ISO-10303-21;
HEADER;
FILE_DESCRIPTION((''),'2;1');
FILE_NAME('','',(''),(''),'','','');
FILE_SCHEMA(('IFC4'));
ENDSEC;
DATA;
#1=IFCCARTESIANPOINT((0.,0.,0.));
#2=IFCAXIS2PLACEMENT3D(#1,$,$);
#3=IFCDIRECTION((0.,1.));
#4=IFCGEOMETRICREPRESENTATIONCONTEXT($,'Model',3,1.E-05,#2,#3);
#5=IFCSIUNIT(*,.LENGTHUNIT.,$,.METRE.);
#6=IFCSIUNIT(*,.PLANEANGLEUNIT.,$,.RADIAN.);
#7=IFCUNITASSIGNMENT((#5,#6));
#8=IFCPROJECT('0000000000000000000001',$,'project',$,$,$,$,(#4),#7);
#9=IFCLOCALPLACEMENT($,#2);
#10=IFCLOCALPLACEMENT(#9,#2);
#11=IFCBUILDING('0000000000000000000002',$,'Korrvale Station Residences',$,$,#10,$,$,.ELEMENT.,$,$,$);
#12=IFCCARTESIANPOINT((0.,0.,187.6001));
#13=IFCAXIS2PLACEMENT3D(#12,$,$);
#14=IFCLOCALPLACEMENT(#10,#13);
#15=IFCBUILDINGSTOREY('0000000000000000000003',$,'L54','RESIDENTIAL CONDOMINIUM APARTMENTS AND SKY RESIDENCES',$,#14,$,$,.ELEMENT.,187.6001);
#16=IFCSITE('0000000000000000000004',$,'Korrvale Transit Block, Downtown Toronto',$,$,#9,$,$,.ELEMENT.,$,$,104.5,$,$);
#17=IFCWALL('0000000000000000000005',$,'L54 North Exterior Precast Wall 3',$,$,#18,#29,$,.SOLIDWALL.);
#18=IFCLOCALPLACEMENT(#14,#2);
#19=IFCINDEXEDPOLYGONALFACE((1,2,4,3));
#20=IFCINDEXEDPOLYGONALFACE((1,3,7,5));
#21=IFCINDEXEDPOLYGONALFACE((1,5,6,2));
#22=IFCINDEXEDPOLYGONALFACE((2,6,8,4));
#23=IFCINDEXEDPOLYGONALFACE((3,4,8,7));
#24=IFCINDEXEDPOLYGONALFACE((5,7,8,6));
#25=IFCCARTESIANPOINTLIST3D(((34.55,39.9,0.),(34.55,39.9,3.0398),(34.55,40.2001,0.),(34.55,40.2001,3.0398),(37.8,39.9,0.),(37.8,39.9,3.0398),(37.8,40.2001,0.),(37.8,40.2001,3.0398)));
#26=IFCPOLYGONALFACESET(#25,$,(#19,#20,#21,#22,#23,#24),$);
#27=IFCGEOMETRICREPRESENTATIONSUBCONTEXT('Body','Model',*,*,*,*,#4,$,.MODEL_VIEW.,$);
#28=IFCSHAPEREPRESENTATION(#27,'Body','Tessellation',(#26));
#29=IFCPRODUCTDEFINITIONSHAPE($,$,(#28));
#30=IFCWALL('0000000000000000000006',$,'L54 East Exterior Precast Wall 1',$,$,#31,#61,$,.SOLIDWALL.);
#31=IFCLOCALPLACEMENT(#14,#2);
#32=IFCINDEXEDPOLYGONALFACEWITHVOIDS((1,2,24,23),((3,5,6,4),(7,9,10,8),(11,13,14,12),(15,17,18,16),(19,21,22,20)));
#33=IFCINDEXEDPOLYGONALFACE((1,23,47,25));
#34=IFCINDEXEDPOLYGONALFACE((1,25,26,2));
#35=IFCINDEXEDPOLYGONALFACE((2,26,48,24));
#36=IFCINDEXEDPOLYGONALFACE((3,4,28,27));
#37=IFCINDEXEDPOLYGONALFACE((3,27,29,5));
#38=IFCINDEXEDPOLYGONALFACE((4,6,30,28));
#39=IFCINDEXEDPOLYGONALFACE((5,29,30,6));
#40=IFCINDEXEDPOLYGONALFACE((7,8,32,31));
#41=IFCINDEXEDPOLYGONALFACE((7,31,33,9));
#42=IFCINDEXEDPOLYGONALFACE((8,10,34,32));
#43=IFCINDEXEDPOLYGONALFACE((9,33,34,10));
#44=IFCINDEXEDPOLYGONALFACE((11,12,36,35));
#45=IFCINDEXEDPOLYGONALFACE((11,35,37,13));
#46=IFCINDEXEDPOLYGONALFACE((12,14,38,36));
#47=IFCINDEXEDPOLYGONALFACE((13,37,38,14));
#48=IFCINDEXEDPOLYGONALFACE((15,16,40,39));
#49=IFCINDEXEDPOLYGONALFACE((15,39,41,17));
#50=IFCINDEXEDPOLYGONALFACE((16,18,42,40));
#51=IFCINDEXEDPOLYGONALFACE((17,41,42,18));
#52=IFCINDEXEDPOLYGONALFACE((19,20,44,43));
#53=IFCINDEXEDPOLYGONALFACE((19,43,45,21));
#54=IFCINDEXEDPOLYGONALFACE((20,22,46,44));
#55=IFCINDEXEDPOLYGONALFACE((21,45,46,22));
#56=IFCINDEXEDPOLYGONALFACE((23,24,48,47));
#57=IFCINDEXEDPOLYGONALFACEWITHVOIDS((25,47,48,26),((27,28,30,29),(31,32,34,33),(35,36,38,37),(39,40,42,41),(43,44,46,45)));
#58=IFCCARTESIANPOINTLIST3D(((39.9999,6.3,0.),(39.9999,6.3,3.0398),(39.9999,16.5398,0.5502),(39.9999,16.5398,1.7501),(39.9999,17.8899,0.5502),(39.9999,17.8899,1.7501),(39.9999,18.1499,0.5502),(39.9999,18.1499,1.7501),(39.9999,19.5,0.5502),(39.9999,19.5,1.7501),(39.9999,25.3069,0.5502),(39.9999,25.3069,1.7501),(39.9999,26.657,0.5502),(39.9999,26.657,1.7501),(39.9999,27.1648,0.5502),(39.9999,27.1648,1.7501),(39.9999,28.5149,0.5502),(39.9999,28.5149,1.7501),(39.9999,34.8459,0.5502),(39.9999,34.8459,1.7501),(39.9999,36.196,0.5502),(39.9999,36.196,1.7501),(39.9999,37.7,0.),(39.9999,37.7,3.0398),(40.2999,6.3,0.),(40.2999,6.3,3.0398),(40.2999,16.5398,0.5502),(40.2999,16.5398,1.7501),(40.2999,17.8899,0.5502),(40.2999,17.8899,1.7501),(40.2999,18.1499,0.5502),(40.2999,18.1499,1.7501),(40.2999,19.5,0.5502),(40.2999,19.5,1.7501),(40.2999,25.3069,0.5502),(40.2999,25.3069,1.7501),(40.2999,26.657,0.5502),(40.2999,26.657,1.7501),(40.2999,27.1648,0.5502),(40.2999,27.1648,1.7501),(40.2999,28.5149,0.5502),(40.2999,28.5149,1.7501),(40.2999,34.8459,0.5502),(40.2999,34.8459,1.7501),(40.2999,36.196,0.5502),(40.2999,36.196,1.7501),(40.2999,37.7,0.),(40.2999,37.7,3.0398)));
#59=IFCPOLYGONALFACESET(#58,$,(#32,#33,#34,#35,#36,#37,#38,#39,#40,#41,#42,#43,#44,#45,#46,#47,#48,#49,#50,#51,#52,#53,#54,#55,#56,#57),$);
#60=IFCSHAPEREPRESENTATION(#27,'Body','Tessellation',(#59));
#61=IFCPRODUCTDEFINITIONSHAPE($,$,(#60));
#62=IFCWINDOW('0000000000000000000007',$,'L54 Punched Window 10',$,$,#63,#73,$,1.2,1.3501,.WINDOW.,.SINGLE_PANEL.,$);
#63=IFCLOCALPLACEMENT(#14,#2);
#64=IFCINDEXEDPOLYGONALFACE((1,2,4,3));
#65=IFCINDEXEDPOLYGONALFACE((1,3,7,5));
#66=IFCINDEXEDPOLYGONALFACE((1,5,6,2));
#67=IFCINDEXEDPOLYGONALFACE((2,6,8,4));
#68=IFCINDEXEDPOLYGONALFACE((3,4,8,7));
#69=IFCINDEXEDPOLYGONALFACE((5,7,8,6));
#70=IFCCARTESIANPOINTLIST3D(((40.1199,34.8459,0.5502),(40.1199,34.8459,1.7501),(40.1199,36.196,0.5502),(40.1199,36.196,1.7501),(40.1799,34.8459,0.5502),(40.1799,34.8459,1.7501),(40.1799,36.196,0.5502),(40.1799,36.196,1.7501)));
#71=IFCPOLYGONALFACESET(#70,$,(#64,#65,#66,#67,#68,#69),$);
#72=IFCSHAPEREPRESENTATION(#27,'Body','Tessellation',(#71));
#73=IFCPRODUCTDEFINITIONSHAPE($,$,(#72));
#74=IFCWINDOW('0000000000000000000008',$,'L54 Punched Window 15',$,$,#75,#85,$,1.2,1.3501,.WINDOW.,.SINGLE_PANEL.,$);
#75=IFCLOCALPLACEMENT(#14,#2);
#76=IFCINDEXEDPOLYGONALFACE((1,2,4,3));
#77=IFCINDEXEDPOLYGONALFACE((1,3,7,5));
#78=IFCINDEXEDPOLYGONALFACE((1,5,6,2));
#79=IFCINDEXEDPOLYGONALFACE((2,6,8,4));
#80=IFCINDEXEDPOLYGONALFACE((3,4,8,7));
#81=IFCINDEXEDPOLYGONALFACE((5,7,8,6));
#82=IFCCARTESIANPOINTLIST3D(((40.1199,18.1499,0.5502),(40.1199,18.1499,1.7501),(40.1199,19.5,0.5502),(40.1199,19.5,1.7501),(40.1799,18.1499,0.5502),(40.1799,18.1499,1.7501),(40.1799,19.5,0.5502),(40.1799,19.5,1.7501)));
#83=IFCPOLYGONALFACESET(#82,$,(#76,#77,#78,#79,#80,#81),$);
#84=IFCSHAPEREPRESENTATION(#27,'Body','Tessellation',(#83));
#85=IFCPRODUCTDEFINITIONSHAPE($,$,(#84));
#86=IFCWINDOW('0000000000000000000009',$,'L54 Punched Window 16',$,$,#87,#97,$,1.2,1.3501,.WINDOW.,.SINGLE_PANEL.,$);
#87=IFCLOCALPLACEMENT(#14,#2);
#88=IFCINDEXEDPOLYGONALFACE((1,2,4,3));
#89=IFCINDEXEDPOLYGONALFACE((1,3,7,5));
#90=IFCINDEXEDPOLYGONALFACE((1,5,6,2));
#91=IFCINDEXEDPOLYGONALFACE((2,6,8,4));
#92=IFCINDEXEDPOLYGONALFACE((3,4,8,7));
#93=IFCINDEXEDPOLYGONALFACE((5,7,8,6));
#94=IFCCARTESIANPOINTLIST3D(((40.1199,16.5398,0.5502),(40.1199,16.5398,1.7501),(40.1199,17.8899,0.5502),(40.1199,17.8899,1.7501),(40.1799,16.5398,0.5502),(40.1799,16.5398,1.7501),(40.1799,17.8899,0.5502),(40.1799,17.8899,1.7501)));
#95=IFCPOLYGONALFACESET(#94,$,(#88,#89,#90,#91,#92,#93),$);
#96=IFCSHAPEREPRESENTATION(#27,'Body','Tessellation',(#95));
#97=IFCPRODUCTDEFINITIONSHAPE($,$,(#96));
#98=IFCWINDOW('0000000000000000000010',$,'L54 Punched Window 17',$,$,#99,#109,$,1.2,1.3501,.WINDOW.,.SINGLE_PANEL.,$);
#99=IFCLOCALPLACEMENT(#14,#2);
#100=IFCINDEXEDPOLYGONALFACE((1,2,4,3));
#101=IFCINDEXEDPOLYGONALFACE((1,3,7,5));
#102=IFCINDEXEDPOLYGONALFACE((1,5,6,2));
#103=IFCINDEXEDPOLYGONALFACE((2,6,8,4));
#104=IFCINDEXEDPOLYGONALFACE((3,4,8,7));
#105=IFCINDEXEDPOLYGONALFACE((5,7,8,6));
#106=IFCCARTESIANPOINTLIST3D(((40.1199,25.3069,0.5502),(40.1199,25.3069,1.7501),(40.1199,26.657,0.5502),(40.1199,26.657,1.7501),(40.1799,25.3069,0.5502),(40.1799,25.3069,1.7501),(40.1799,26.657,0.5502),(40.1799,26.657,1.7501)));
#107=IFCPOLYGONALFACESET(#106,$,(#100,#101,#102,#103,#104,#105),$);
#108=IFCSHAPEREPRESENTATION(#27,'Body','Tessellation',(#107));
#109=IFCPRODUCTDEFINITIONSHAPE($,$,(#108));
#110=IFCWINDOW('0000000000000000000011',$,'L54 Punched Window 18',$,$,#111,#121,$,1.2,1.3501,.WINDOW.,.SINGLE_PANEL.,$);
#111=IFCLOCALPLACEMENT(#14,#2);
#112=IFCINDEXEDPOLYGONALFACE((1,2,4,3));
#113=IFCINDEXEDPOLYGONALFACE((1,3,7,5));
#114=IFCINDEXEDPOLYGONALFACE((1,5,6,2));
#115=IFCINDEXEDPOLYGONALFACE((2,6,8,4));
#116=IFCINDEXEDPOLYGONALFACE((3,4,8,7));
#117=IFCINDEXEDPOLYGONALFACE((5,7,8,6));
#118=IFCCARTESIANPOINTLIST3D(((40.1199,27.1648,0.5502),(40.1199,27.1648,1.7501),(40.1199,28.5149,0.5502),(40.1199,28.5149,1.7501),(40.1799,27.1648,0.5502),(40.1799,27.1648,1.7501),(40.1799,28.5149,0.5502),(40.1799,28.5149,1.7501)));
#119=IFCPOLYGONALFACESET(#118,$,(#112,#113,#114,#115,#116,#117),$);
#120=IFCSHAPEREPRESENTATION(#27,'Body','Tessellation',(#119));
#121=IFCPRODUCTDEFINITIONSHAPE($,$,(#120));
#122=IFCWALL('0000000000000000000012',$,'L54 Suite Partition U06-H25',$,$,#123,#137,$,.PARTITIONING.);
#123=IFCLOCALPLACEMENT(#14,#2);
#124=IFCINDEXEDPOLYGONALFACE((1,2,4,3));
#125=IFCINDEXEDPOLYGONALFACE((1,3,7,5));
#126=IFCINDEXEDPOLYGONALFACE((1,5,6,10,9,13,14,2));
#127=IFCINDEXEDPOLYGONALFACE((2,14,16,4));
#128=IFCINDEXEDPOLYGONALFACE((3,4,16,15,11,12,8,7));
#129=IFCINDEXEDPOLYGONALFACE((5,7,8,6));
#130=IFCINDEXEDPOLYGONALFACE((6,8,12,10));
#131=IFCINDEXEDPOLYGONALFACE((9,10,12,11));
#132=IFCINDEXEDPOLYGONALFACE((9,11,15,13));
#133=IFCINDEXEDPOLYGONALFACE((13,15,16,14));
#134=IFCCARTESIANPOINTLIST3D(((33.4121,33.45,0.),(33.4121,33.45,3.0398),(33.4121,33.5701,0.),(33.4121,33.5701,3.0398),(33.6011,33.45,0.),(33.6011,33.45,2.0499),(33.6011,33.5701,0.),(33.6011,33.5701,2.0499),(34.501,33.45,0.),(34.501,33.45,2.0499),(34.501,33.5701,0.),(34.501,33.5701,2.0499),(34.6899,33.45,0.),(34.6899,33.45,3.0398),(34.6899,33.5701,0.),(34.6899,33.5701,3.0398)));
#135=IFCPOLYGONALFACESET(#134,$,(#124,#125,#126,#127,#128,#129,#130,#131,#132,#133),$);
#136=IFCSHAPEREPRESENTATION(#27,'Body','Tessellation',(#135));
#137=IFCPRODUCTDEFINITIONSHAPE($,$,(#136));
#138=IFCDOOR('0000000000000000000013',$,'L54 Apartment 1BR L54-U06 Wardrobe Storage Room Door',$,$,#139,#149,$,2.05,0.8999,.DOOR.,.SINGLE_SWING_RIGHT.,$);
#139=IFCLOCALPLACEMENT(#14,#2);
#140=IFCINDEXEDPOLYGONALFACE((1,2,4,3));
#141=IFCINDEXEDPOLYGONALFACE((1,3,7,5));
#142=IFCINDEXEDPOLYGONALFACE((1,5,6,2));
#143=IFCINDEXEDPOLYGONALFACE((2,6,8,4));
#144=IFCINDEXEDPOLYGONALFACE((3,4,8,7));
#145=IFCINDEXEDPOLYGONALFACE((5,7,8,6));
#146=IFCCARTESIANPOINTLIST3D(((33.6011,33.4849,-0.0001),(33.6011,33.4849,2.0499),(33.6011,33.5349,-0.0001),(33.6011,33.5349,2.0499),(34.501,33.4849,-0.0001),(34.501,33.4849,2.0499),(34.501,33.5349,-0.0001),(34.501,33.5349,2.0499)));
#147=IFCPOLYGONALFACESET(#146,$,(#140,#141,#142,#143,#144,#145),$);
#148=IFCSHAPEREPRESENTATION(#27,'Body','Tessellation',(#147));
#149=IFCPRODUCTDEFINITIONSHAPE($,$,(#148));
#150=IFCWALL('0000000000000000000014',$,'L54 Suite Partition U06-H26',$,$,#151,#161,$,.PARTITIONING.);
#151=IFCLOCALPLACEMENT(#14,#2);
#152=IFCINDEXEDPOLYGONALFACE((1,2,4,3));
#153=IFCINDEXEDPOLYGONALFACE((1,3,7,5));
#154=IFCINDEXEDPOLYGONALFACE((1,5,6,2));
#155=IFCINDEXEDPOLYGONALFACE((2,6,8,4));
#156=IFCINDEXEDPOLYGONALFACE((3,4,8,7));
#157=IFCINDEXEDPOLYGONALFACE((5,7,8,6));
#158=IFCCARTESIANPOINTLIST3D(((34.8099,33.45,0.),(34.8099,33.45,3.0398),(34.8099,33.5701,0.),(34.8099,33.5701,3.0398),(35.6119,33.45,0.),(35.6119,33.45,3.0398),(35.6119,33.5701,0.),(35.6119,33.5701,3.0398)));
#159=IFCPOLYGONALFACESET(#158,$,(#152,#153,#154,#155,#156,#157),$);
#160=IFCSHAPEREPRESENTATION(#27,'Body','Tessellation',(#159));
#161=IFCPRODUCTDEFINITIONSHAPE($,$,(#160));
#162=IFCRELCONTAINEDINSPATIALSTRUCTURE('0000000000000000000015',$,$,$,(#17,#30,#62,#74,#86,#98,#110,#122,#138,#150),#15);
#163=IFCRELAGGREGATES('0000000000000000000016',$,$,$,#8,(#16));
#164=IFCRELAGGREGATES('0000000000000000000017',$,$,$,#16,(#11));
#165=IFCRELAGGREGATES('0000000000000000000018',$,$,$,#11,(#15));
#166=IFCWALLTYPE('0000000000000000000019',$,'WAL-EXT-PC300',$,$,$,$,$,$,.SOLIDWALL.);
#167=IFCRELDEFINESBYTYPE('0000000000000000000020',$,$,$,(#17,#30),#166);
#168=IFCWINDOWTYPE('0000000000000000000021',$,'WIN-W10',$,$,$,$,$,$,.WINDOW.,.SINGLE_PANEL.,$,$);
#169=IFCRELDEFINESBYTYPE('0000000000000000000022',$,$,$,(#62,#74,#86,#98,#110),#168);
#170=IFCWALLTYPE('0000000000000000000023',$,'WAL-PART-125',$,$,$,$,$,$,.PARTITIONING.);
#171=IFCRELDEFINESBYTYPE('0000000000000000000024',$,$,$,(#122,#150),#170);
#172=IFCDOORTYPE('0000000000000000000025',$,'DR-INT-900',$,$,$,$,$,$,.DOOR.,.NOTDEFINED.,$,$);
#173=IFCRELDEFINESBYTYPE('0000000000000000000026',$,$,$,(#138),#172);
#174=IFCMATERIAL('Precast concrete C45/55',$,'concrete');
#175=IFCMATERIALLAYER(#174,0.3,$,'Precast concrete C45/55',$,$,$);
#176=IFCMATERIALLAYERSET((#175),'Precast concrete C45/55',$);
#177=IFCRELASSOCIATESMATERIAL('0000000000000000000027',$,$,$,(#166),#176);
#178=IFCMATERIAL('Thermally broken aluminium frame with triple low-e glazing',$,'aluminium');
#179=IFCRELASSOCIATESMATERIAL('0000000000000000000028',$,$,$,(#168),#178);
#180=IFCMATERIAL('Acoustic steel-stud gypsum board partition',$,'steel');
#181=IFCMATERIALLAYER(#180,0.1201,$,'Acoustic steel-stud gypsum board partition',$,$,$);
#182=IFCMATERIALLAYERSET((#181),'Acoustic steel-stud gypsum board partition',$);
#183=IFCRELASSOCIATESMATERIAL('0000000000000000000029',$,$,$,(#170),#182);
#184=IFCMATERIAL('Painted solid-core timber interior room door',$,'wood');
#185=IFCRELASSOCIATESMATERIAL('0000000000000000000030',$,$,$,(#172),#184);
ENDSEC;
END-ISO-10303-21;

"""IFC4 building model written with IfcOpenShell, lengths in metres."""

from ifc_helpers import new_model, si_unit, direction, frame, frame_2d, origin, place, context, subcontext, project, spatial, rectangle, extrude, material, layer, layer_set, type_object, element, fill, save


model = new_model("IFC4")

# Units and contexts
model_context = context("Model", 3, precision=1e-05, world=origin(), true_north=direction((0.0, 1.0)))
body_context = subcontext(model_context, "Body", "Model", "MODEL_VIEW")
ifc_project = project(units=[si_unit("LENGTHUNIT", "METRE"), si_unit("PLANEANGLEUNIT", "RADIAN")], contexts=[model_context])

# Site, building, storey
site_placement = place(None, origin())
site = spatial("IfcSite", under=ifc_project, at=site_placement, Name="Korrvale Transit Block, Downtown Toronto", CompositionType="ELEMENT", RefElevation=104.5)
building_placement = place(site_placement, origin())
building = spatial("IfcBuilding", under=site, at=building_placement, Name="Korrvale Station Residences", CompositionType="ELEMENT")
storey_placement = place(building_placement, frame((0.0, 0.0, 187.6001)))
storey = spatial("IfcBuildingStorey", under=building, at=storey_placement, Name="L54", Description="RESIDENTIAL CONDOMINIUM APARTMENTS AND SKY RESIDENCES", CompositionType="ELEMENT", Elevation=187.6001)

# Wall
ifc_material_1 = material(Name="Precast concrete C45/55", Category="concrete")
ifc_layer_1 = layer(ifc_material_1, 0.3, Name="Precast concrete C45/55")
ifc_layer_set_1 = layer_set([ifc_layer_1], Name="Precast concrete C45/55")
wall_type_1 = type_object("IfcWallType", Name="WAL-EXT-PC300", PredefinedType="SOLIDWALL", material=ifc_layer_set_1)
wall_1_placement = place(storey_placement, frame((34.55, 40.05, 0.0), z_axis=(0.0, 0.0, 1.0), x_axis=(1.0, 0.0, 0.0)))
element("IfcWall", 1, at=wall_1_placement, inside=storey, type_object=wall_type_1, Name="L54 North Exterior Precast Wall 3", PredefinedType="SOLIDWALL", context=body_context, shape_type="SweptSolid", body=[
    extrude(rectangle(XDim=3.25, YDim=0.3, at=frame_2d((1.625, 0.0))), origin(), (0.0, 0.0, 1.0), 3.0398),
])

# Wall, openings, windows
wall_2_placement = place(storey_placement, frame((40.1499, 37.7, 0.0), z_axis=(0.0, 0.0, 1.0), x_axis=(0.0, -1.0, 0.0)))
wall_2 = element("IfcWall", 2, at=wall_2_placement, inside=storey, type_object=wall_type_1, Name="L54 East Exterior Precast Wall 1", PredefinedType="SOLIDWALL", context=body_context, shape_type="SweptSolid", body=[
    extrude(rectangle(XDim=31.3999, YDim=0.3, at=frame_2d((15.7, 0.0))), origin(), (0.0, 0.0, 1.0), 3.0398),
])
opening_1_placement = place(wall_2_placement, frame((1.5039, 0.0, 0.55)))
opening_1 = element("IfcOpeningElement", 3, at=opening_1_placement, cuts=wall_2, PredefinedType="OPENING", context=body_context, shape_type="SweptSolid", body=[
    extrude(rectangle(XDim=1.3501, YDim=1.2, at=frame_2d((0.675, 0.6001))), frame((0.0, 0.1602, 0.0), z_axis=(0.0, -1.0, 0.0), x_axis=(1.0, 0.0, 0.0)), (0.0, 0.0, 1.0), 0.3201),
])
opening_2_placement = place(wall_2_placement, frame((18.2, 0.0, 0.55)))
opening_2 = element("IfcOpeningElement", 4, at=opening_2_placement, cuts=wall_2, PredefinedType="OPENING", context=body_context, shape_type="SweptSolid", body=[
    extrude(rectangle(XDim=1.3501, YDim=1.2, at=frame_2d((0.675, 0.6001))), frame((0.0, 0.1602, 0.0), z_axis=(0.0, -1.0, 0.0), x_axis=(1.0, 0.0, 0.0)), (0.0, 0.0, 1.0), 0.3201),
])
opening_3_placement = place(wall_2_placement, frame((19.8101, 0.0, 0.55)))
opening_3 = element("IfcOpeningElement", 5, at=opening_3_placement, cuts=wall_2, PredefinedType="OPENING", context=body_context, shape_type="SweptSolid", body=[
    extrude(rectangle(XDim=1.3501, YDim=1.2, at=frame_2d((0.675, 0.6001))), frame((0.0, 0.1602, 0.0), z_axis=(0.0, -1.0, 0.0), x_axis=(1.0, 0.0, 0.0)), (0.0, 0.0, 1.0), 0.3201),
])
opening_4_placement = place(wall_2_placement, frame((11.043, 0.0, 0.55)))
opening_4 = element("IfcOpeningElement", 6, at=opening_4_placement, cuts=wall_2, PredefinedType="OPENING", context=body_context, shape_type="SweptSolid", body=[
    extrude(rectangle(XDim=1.3501, YDim=1.2, at=frame_2d((0.675, 0.6001))), frame((0.0, 0.1602, 0.0), z_axis=(0.0, -1.0, 0.0), x_axis=(1.0, 0.0, 0.0)), (0.0, 0.0, 1.0), 0.3201),
])
opening_5_placement = place(wall_2_placement, frame((9.1851, 0.0, 0.55)))
opening_5 = element("IfcOpeningElement", 7, at=opening_5_placement, cuts=wall_2, PredefinedType="OPENING", context=body_context, shape_type="SweptSolid", body=[
    extrude(rectangle(XDim=1.3501, YDim=1.2, at=frame_2d((0.675, 0.6001))), frame((0.0, 0.1602, 0.0), z_axis=(0.0, -1.0, 0.0), x_axis=(1.0, 0.0, 0.0)), (0.0, 0.0, 1.0), 0.3201),
])
ifc_material_2 = material(Name="Thermally broken aluminium frame with triple low-e glazing", Category="aluminium")
window_type = type_object("IfcWindowType", Name="WIN-W10", PartitioningType="SINGLE_PANEL", PredefinedType="WINDOW", material=ifc_material_2)
window_1_placement = place(opening_1_placement, origin())
window_1 = element("IfcWindow", 8, at=window_1_placement, inside=storey, type_object=window_type, Name="L54 Punched Window 10", OverallHeight=1.2, OverallWidth=1.3501, PartitioningType="SINGLE_PANEL", PredefinedType="WINDOW", context=body_context, shape_type="SweptSolid", body=[
    extrude(rectangle(XDim=1.3501, YDim=1.2, at=frame_2d((0.675, 0.6001))), frame((0.0, 0.03, 0.0), z_axis=(0.0, -1.0, 0.0), x_axis=(1.0, 0.0, 0.0)), (0.0, 0.0, 1.0), 0.0601),
])
fill(opening_1, window_1)
window_2_placement = place(opening_2_placement, origin())
window_2 = element("IfcWindow", 9, at=window_2_placement, inside=storey, type_object=window_type, Name="L54 Punched Window 15", OverallHeight=1.2, OverallWidth=1.3501, PartitioningType="SINGLE_PANEL", PredefinedType="WINDOW", context=body_context, shape_type="SweptSolid", body=[
    extrude(rectangle(XDim=1.3501, YDim=1.2, at=frame_2d((0.675, 0.6001))), frame((0.0, 0.03, 0.0), z_axis=(0.0, -1.0, 0.0), x_axis=(1.0, 0.0, 0.0)), (0.0, 0.0, 1.0), 0.0601),
])
fill(opening_2, window_2)
window_3_placement = place(opening_3_placement, origin())
window_3 = element("IfcWindow", 10, at=window_3_placement, inside=storey, type_object=window_type, Name="L54 Punched Window 16", OverallHeight=1.2, OverallWidth=1.3501, PartitioningType="SINGLE_PANEL", PredefinedType="WINDOW", context=body_context, shape_type="SweptSolid", body=[
    extrude(rectangle(XDim=1.3501, YDim=1.2, at=frame_2d((0.675, 0.6001))), frame((0.0, 0.03, 0.0), z_axis=(0.0, -1.0, 0.0), x_axis=(1.0, 0.0, 0.0)), (0.0, 0.0, 1.0), 0.0601),
])
fill(opening_3, window_3)
window_4_placement = place(opening_4_placement, origin())
window_4 = element("IfcWindow", 11, at=window_4_placement, inside=storey, type_object=window_type, Name="L54 Punched Window 17", OverallHeight=1.2, OverallWidth=1.3501, PartitioningType="SINGLE_PANEL", PredefinedType="WINDOW", context=body_context, shape_type="SweptSolid", body=[
    extrude(rectangle(XDim=1.3501, YDim=1.2, at=frame_2d((0.675, 0.6001))), frame((0.0, 0.03, 0.0), z_axis=(0.0, -1.0, 0.0), x_axis=(1.0, 0.0, 0.0)), (0.0, 0.0, 1.0), 0.0601),
])
fill(opening_4, window_4)
window_5_placement = place(opening_5_placement, origin())
window_5 = element("IfcWindow", 12, at=window_5_placement, inside=storey, type_object=window_type, Name="L54 Punched Window 18", OverallHeight=1.2, OverallWidth=1.3501, PartitioningType="SINGLE_PANEL", PredefinedType="WINDOW", context=body_context, shape_type="SweptSolid", body=[
    extrude(rectangle(XDim=1.3501, YDim=1.2, at=frame_2d((0.675, 0.6001))), frame((0.0, 0.03, 0.0), z_axis=(0.0, -1.0, 0.0), x_axis=(1.0, 0.0, 0.0)), (0.0, 0.0, 1.0), 0.0601),
])
fill(opening_5, window_5)

# Wall, opening, door
ifc_material_3 = material(Name="Acoustic steel-stud gypsum board partition", Category="steel")
ifc_layer_2 = layer(ifc_material_3, 0.1201, Name="Acoustic steel-stud gypsum board partition")
ifc_layer_set_2 = layer_set([ifc_layer_2], Name="Acoustic steel-stud gypsum board partition")
wall_type_2 = type_object("IfcWallType", Name="WAL-PART-125", PredefinedType="PARTITIONING", material=ifc_layer_set_2)
wall_3_placement = place(storey_placement, frame((33.4121, 33.51, 0.0), z_axis=(0.0, 0.0, 1.0), x_axis=(1.0, 0.0, 0.0)))
wall_3 = element("IfcWall", 13, at=wall_3_placement, inside=storey, type_object=wall_type_2, Name="L54 Suite Partition U06-H25", PredefinedType="PARTITIONING", context=body_context, shape_type="SweptSolid", body=[
    extrude(rectangle(XDim=1.2778, YDim=0.1201, at=frame_2d((0.6389, 0.0))), origin(), (0.0, 0.0, 1.0), 3.0398),
])
opening_6_placement = place(wall_3_placement, frame((0.189, 0.0, 0.0)))
opening_6 = element("IfcOpeningElement", 14, at=opening_6_placement, cuts=wall_3, PredefinedType="OPENING", context=body_context, shape_type="SweptSolid", body=[
    extrude(rectangle(XDim=0.8999, YDim=2.05, at=frame_2d((0.45, 1.0249))), frame((0.0, 0.0701, 0.0), z_axis=(0.0, -1.0, 0.0), x_axis=(1.0, 0.0, 0.0)), (0.0, 0.0, 1.0), 0.1401),
])
ifc_material_4 = material(Name="Painted solid-core timber interior room door", Category="wood")
door_type = type_object("IfcDoorType", Name="DR-INT-900", OperationType="NOTDEFINED", PredefinedType="DOOR", material=ifc_material_4)
door_1_placement = place(opening_6_placement, origin())
door_1 = element("IfcDoor", 15, at=door_1_placement, inside=storey, type_object=door_type, Name="L54 Apartment 1BR L54-U06 Wardrobe Storage Room Door", OperationType="SINGLE_SWING_RIGHT", OverallHeight=2.05, OverallWidth=0.8999, PredefinedType="DOOR", context=body_context, shape_type="SweptSolid", body=[
    extrude(rectangle(XDim=0.8999, YDim=2.05, at=frame_2d((0.45, 1.0249))), frame((0.0, 0.0249, 0.0), z_axis=(0.0, -1.0, 0.0), x_axis=(1.0, 0.0, 0.0)), (0.0, 0.0, 1.0), 0.05),
])
fill(opening_6, door_1)

# Wall
wall_4_placement = place(storey_placement, frame((34.8101, 33.51, 0.0), z_axis=(0.0, 0.0, 1.0), x_axis=(1.0, 0.0, 0.0)))
element("IfcWall", 16, at=wall_4_placement, inside=storey, type_object=wall_type_2, Name="L54 Suite Partition U06-H26", PredefinedType="PARTITIONING", context=body_context, shape_type="SweptSolid", body=[
    extrude(rectangle(XDim=0.802, YDim=0.1201, at=frame_2d((0.4009, 0.0))), origin(), (0.0, 0.0, 1.0), 3.0398),
])

save(model, "model.ifc")
